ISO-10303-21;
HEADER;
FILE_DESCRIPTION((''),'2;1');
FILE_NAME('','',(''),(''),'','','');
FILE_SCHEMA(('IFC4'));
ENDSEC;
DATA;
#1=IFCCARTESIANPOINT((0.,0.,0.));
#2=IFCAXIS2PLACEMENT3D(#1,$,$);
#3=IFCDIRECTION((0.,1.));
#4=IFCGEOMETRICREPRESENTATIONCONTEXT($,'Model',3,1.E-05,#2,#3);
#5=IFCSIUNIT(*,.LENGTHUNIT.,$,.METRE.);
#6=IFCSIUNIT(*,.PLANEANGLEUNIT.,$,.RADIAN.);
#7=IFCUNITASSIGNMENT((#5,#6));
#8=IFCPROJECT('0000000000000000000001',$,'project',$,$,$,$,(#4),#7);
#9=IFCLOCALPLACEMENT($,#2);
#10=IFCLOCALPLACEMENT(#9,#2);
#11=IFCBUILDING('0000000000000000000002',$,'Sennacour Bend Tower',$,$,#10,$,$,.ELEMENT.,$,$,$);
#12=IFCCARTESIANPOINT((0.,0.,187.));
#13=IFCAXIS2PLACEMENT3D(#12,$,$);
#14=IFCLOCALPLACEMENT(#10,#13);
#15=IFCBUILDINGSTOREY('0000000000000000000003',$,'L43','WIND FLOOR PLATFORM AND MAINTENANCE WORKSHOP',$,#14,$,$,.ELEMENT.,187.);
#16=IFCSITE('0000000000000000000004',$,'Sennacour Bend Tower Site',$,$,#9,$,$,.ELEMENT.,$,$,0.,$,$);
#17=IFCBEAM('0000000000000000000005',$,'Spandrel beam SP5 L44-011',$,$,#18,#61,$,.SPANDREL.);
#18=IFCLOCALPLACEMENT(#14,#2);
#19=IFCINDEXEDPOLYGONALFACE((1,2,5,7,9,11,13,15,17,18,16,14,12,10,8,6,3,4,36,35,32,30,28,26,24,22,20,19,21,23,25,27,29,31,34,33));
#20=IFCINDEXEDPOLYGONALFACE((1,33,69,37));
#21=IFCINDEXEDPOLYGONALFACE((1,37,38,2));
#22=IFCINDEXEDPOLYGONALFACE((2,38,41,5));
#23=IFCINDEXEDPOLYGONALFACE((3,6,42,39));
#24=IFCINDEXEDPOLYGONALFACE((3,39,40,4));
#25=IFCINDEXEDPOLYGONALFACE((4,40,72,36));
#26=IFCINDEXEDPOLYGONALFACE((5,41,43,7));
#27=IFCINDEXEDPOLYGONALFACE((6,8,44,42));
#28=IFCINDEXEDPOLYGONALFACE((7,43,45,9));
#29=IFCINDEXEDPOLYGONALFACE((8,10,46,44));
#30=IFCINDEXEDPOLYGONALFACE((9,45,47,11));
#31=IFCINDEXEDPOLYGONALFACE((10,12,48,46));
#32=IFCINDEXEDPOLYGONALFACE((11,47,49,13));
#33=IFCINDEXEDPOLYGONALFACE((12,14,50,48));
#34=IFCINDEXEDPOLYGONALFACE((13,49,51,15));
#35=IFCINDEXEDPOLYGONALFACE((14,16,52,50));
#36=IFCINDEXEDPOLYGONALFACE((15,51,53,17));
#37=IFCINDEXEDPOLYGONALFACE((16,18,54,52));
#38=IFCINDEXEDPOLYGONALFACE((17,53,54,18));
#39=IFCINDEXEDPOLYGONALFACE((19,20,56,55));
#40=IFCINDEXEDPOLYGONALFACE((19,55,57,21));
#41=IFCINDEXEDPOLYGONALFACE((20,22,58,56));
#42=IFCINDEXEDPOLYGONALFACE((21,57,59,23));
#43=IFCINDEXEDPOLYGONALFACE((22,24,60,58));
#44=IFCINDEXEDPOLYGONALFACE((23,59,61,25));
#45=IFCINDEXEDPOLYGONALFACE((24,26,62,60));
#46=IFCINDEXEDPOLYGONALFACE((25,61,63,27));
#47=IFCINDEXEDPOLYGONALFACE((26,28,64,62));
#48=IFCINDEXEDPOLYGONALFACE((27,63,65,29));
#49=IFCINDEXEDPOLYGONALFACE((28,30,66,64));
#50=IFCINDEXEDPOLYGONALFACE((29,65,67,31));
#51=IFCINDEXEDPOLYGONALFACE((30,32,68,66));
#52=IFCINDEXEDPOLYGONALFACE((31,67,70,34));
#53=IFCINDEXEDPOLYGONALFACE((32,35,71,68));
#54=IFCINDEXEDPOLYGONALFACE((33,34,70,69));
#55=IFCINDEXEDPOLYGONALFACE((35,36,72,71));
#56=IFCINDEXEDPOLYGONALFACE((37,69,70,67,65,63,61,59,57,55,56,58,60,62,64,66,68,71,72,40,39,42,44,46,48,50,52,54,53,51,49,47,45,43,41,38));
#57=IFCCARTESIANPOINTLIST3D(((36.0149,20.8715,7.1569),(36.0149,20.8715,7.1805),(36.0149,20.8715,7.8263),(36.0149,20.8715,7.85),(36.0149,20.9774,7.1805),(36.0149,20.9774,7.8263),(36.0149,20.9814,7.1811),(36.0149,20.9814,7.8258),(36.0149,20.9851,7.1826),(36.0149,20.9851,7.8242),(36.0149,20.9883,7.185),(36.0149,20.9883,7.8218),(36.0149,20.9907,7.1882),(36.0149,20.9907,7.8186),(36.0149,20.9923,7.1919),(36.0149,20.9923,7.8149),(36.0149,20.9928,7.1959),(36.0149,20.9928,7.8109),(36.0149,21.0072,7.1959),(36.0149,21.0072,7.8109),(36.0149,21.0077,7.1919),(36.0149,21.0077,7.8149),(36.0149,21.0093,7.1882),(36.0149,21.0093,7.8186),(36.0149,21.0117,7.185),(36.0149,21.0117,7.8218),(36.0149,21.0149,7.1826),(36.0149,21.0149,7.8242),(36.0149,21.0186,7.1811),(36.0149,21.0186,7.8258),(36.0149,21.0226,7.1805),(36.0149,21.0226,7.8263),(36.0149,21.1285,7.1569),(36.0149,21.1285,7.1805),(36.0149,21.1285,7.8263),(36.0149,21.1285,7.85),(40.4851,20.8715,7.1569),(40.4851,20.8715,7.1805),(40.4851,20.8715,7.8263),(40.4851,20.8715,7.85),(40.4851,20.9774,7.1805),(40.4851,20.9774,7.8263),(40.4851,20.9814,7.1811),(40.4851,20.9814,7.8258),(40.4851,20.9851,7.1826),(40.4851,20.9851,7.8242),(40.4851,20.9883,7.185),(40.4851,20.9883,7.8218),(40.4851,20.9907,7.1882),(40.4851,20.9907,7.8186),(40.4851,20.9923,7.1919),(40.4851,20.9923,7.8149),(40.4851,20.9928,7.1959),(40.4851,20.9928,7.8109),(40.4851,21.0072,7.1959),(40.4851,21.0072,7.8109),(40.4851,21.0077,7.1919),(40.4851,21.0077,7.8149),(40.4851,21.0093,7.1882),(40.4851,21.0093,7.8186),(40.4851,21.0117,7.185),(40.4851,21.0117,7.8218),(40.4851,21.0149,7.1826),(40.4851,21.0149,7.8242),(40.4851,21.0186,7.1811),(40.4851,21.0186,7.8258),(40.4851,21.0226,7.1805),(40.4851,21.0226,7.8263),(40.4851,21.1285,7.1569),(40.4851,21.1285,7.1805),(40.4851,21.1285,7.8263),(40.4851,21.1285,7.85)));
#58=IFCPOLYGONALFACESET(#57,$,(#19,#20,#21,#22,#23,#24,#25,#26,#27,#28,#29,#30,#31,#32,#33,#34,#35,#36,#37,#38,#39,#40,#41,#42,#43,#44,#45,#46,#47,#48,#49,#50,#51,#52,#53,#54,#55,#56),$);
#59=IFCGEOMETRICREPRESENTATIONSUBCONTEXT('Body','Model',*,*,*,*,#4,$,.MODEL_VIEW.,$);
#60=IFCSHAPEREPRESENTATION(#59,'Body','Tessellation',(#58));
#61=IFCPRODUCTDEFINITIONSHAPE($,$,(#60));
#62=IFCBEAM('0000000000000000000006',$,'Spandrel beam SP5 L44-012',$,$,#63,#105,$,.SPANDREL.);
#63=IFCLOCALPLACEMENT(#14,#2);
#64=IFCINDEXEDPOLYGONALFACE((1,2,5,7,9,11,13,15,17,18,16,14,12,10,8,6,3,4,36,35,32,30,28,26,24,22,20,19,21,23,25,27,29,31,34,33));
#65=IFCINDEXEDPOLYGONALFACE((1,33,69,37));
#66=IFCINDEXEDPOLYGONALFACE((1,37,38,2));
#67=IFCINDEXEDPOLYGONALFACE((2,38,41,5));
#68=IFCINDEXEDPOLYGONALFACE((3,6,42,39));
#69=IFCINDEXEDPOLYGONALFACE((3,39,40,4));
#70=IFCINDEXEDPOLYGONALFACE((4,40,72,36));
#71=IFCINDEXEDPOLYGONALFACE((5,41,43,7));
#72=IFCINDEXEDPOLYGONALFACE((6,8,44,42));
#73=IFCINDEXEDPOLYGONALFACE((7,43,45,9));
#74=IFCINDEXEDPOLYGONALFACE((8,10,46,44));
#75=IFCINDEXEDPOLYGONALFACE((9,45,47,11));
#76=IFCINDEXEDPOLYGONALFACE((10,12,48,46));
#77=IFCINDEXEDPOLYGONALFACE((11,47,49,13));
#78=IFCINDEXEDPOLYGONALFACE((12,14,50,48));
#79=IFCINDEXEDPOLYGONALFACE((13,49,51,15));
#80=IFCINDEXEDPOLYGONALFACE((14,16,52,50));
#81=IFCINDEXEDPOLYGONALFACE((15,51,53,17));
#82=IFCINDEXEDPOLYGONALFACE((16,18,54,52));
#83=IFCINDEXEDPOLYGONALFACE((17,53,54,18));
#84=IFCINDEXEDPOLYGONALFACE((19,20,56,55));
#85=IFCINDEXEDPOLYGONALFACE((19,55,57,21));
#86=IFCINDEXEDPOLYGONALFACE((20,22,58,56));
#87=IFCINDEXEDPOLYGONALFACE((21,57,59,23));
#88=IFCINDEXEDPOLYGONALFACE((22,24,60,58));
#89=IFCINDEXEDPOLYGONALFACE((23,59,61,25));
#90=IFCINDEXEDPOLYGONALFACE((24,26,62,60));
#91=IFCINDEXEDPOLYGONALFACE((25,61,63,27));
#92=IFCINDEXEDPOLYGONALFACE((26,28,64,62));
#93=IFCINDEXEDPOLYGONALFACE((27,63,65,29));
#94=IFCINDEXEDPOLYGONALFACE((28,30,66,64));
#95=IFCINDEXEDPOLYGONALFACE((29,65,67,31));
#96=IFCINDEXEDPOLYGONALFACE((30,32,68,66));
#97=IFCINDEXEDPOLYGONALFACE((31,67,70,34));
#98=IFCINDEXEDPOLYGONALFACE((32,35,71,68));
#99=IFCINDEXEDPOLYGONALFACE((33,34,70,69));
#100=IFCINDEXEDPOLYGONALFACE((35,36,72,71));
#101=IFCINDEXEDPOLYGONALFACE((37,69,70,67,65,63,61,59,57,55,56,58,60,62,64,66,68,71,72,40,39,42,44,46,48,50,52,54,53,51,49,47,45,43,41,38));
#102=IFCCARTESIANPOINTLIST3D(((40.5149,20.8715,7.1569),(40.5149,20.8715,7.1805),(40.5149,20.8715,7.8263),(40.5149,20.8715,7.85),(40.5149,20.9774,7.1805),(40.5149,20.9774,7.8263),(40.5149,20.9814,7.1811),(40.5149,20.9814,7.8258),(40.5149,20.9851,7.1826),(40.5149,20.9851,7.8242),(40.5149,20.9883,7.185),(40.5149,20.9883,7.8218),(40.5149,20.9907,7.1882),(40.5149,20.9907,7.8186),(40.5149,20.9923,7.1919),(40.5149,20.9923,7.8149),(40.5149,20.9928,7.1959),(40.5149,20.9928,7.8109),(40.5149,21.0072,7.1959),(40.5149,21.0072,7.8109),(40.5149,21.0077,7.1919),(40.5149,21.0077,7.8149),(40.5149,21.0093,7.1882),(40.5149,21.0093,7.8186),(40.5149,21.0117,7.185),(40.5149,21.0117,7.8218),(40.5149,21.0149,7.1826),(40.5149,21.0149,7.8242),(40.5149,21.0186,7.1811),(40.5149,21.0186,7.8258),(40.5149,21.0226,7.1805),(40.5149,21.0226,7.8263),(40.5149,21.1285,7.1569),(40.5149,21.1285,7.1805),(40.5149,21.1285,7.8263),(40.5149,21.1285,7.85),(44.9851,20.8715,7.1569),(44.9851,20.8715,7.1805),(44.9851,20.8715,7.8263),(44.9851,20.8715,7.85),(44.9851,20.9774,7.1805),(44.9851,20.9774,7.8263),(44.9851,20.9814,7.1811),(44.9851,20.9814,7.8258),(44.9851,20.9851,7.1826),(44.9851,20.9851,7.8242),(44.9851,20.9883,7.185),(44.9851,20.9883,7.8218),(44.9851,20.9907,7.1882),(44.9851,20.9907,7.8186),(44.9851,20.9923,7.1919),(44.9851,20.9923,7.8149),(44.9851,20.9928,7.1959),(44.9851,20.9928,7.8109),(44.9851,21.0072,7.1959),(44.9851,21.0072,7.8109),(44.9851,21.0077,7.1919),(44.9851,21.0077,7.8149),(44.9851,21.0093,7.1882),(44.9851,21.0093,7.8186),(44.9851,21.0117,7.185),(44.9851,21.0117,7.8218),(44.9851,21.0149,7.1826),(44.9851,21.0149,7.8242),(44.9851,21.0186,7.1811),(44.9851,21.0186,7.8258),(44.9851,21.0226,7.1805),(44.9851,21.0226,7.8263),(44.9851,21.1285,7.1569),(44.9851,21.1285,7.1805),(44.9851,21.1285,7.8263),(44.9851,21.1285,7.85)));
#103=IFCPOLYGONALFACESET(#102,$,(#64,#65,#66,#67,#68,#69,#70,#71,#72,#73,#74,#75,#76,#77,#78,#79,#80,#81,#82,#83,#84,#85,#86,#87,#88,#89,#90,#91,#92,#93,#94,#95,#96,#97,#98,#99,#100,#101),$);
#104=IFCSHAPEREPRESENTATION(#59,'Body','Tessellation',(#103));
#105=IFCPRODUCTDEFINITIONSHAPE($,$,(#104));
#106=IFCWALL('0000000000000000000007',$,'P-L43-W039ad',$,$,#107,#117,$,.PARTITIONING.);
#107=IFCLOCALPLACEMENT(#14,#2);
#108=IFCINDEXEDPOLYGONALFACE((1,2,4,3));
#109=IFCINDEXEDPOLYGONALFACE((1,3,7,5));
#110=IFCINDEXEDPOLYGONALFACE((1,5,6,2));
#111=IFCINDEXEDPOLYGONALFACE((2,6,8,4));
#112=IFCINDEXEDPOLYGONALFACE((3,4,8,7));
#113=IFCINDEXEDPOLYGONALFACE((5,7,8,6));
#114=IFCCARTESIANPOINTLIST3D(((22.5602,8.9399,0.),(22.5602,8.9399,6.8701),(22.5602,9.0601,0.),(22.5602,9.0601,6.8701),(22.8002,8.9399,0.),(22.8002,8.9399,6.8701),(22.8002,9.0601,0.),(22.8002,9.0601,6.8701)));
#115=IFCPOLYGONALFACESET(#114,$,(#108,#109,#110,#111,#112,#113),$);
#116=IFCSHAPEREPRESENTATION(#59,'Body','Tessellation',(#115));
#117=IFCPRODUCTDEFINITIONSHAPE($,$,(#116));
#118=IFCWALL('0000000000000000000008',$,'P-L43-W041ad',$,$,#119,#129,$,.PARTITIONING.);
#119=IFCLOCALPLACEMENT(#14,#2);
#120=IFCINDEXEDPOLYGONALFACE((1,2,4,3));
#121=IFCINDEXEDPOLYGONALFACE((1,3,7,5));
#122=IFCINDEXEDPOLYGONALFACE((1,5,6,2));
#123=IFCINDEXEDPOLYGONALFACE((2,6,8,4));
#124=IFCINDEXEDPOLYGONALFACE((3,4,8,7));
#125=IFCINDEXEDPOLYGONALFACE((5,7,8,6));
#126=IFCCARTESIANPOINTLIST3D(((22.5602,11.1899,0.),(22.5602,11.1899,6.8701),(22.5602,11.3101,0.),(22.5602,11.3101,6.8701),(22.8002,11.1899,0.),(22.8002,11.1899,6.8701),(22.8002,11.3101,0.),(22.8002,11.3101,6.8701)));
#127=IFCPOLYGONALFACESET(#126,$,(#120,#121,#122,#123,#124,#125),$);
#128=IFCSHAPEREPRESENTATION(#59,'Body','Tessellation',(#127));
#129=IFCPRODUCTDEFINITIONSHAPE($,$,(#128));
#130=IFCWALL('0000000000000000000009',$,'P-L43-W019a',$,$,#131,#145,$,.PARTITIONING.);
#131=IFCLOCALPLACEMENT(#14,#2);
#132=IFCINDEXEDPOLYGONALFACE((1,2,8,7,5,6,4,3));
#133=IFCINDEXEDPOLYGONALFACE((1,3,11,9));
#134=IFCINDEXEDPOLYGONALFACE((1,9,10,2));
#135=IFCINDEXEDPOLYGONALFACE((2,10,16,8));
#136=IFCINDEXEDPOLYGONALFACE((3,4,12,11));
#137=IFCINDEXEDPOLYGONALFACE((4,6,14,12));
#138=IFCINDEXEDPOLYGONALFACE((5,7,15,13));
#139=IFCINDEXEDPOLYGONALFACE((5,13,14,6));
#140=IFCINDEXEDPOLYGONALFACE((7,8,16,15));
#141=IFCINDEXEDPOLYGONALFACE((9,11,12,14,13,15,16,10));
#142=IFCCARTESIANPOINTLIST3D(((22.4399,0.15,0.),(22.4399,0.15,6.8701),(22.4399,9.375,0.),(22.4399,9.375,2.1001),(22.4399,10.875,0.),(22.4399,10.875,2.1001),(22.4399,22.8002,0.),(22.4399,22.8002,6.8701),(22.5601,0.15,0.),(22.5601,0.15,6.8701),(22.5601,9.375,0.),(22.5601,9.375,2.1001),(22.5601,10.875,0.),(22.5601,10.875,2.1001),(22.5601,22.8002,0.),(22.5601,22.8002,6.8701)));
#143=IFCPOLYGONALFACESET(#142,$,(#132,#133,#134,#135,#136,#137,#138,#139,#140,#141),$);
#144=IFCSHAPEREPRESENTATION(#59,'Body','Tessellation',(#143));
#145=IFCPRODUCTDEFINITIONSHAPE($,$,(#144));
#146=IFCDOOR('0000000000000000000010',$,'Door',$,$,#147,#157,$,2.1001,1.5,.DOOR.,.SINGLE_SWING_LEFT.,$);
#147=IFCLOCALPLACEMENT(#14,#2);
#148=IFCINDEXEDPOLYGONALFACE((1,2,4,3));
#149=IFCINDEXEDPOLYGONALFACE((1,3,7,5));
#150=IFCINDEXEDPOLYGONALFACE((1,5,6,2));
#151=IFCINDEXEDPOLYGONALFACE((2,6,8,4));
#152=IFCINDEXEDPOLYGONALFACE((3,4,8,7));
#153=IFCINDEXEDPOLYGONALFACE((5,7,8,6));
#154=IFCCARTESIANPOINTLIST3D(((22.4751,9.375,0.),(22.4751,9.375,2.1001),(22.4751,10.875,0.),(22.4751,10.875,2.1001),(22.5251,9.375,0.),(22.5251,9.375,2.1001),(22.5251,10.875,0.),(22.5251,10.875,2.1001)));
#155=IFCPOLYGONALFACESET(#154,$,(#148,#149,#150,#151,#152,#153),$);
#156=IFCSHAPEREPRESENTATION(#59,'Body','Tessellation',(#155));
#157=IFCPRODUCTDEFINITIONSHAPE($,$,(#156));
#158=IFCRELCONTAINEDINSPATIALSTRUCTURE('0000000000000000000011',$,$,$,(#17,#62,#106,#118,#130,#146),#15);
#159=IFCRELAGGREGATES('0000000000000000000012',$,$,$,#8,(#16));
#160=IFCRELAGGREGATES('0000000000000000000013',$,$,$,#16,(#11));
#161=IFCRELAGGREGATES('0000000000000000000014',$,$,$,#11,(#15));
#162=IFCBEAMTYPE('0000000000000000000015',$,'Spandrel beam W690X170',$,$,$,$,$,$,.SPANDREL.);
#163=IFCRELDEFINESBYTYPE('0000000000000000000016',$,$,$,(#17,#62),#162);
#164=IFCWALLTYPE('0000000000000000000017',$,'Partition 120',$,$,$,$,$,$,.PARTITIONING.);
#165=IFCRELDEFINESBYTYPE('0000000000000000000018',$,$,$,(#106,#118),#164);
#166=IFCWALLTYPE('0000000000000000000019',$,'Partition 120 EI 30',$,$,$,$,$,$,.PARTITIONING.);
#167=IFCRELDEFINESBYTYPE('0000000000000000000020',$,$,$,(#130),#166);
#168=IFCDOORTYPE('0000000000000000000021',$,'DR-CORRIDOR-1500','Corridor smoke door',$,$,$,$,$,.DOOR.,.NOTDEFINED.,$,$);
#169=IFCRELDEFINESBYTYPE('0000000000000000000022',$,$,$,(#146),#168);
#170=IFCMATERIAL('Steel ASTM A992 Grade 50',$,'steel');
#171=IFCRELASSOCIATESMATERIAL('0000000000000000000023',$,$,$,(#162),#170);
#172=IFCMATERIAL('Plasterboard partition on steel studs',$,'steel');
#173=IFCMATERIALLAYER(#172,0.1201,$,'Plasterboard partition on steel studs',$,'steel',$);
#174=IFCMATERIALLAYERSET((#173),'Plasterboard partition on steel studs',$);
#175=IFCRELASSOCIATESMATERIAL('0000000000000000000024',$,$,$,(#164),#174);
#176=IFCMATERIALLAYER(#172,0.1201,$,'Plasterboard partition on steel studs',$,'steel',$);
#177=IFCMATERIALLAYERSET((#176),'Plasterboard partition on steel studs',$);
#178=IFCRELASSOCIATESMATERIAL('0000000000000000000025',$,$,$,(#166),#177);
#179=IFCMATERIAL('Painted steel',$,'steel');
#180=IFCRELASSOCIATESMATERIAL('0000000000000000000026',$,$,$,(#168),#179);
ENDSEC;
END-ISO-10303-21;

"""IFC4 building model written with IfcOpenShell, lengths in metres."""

from ifc_helpers import new_model, si_unit, direction, frame, frame_2d, origin, origin_2d, place, context, subcontext, project, spatial, rectangle, i_section, extrude, material, layer, layer_set, material_profile, profile_set, type_object, element, fill, save


model = new_model("IFC4")

# Units and contexts
model_context = context("Model", 3, precision=1e-05, world=origin(), true_north=direction((0.0, 1.0)))
body_context = subcontext(model_context, "Body", "Model", "MODEL_VIEW")
ifc_project = project(units=[si_unit("LENGTHUNIT", "METRE"), si_unit("PLANEANGLEUNIT", "RADIAN")], contexts=[model_context])

# Site, building, storey
site_placement = place(None, origin())
site = spatial("IfcSite", under=ifc_project, at=site_placement, Name="Sennacour Bend Tower Site", CompositionType="ELEMENT", RefElevation=0.0)
building_placement = place(site_placement, origin())
building = spatial("IfcBuilding", under=site, at=building_placement, Name="Sennacour Bend Tower", CompositionType="ELEMENT")
storey_placement = place(building_placement, frame((0.0, 0.0, 187.0)))
storey = spatial("IfcBuildingStorey", under=building, at=storey_placement, Name="L43", Description="WIND FLOOR PLATFORM AND MAINTENANCE WORKSHOP", CompositionType="ELEMENT", Elevation=187.0)

# Shared definitions
ifc_material_1 = material(Name="Steel ASTM A992 Grade 50", Category="steel")

# Beams
ifc_material_profile_1 = material_profile(ifc_material_1, i_section(OverallWidth=0.2571, OverallDepth=0.6931, WebThickness=0.0144, FlangeThickness=0.0237, FilletRadius=0.0154, at=origin_2d()), Name="Steel ASTM A992 Grade 50", Category="steel")
ifc_profile_set_1 = profile_set([ifc_material_profile_1], Name="Steel ASTM A992 Grade 50")
beam_type_1 = type_object("IfcBeamType", Name="Spandrel beam W690X170", PredefinedType="SPANDREL", material=ifc_profile_set_1)
for number, where, z_axis, x_axis, name in (
    (1, (36.0149, 21.0, 7.5034), (1.0, 0.0, 0.0), (0.0, 1.0, 0.0), "Spandrel beam SP5 L44-011"),
    (2, (40.5149, 21.0, 7.5034), (1.0, 0.0, 0.0), (0.0, 1.0, 0.0), "Spandrel beam SP5 L44-012"),
):
    element("IfcBeam", number, at=place(storey_placement, frame(where, z_axis=z_axis, x_axis=x_axis)), inside=storey, type_object=beam_type_1, Name=name, PredefinedType="SPANDREL", context=body_context, shape_type="SweptSolid", body=[
        extrude(i_section(OverallWidth=0.2571, OverallDepth=0.6931, WebThickness=0.0144, FlangeThickness=0.0237, FilletRadius=0.0154, at=origin_2d()), origin(), (0.0, 0.0, 1.0), 4.4702),
    ])

# Walls
ifc_material_2 = material(Name="Plasterboard partition on steel studs", Category="steel")
ifc_layer_1 = layer(ifc_material_2, 0.1201, Name="Plasterboard partition on steel studs", Category="steel")
ifc_layer_set_1 = layer_set([ifc_layer_1], Name="Plasterboard partition on steel studs")
wall_type_1 = type_object("IfcWallType", Name="Partition 120", PredefinedType="PARTITIONING", material=ifc_layer_set_1)
for number, where, z_axis, x_axis, name in (
    (3, (22.5601, 9.0, 0.0), (0.0, 0.0, 1.0), (1.0, 0.0, 0.0), "P-L43-W039ad"),
    (4, (22.5601, 11.25, 0.0), (0.0, 0.0, 1.0), (1.0, 0.0, 0.0), "P-L43-W041ad"),
):
    element("IfcWall", number, at=place(storey_placement, frame(where, z_axis=z_axis, x_axis=x_axis)), inside=storey, type_object=wall_type_1, Name=name, PredefinedType="PARTITIONING", context=body_context, shape_type="SweptSolid", body=[
        extrude(rectangle(XDim=0.24, YDim=0.1201, at=frame_2d((0.1201, 0.0))), origin(), (0.0, 0.0, 1.0), 6.8701),
    ])

# Wall, opening, door
ifc_layer_2 = layer(ifc_material_2, 0.1201, Name="Plasterboard partition on steel studs", Category="steel")
ifc_layer_set_2 = layer_set([ifc_layer_2], Name="Plasterboard partition on steel studs")
wall_type_2 = type_object("IfcWallType", Name="Partition 120 EI 30", PredefinedType="PARTITIONING", material=ifc_layer_set_2)
wall_placement = place(storey_placement, frame((22.5, 0.1499, 0.0), z_axis=(0.0, 0.0, 1.0), x_axis=(0.0, 1.0, 0.0)))
wall = element("IfcWall", 5, at=wall_placement, inside=storey, type_object=wall_type_2, Name="P-L43-W019a", PredefinedType="PARTITIONING", context=body_context, shape_type="SweptSolid", body=[
    extrude(rectangle(XDim=22.6501, YDim=0.1201, at=frame_2d((11.3252, 0.0))), origin(), (0.0, 0.0, 1.0), 6.8701),
])
opening_placement = place(wall_placement, frame((9.2251, 0.0, 0.0)))
opening = element("IfcOpeningElement", 6, at=opening_placement, cuts=wall, PredefinedType="OPENING", context=body_context, shape_type="SweptSolid", body=[
    extrude(rectangle(XDim=1.5, YDim=2.1001, at=frame_2d((0.75, 1.05))), frame((0.0, 0.0701, 0.0), z_axis=(0.0, -1.0, 0.0), x_axis=(1.0, 0.0, 0.0)), (0.0, 0.0, 1.0), 0.1401),
])
ifc_material_3 = material(Name="Painted steel", Category="steel")
door_type = type_object("IfcDoorType", Name="DR-CORRIDOR-1500", Description="Corridor smoke door", OperationType="NOTDEFINED", PredefinedType="DOOR", material=ifc_material_3)
door_placement = place(opening_placement, origin())
door = element("IfcDoor", 7, at=door_placement, inside=storey, type_object=door_type, Name="Door", OperationType="SINGLE_SWING_LEFT", OverallHeight=2.1001, OverallWidth=1.5, PredefinedType="DOOR", context=body_context, shape_type="SweptSolid", body=[
    extrude(rectangle(XDim=1.5, YDim=2.1001, at=frame_2d((0.75, 1.05))), frame((0.0, 0.0249, 0.0), z_axis=(0.0, -1.0, 0.0), x_axis=(1.0, 0.0, 0.0)), (0.0, 0.0, 1.0), 0.05),
])
fill(opening, door)

save(model, "model.ifc")
